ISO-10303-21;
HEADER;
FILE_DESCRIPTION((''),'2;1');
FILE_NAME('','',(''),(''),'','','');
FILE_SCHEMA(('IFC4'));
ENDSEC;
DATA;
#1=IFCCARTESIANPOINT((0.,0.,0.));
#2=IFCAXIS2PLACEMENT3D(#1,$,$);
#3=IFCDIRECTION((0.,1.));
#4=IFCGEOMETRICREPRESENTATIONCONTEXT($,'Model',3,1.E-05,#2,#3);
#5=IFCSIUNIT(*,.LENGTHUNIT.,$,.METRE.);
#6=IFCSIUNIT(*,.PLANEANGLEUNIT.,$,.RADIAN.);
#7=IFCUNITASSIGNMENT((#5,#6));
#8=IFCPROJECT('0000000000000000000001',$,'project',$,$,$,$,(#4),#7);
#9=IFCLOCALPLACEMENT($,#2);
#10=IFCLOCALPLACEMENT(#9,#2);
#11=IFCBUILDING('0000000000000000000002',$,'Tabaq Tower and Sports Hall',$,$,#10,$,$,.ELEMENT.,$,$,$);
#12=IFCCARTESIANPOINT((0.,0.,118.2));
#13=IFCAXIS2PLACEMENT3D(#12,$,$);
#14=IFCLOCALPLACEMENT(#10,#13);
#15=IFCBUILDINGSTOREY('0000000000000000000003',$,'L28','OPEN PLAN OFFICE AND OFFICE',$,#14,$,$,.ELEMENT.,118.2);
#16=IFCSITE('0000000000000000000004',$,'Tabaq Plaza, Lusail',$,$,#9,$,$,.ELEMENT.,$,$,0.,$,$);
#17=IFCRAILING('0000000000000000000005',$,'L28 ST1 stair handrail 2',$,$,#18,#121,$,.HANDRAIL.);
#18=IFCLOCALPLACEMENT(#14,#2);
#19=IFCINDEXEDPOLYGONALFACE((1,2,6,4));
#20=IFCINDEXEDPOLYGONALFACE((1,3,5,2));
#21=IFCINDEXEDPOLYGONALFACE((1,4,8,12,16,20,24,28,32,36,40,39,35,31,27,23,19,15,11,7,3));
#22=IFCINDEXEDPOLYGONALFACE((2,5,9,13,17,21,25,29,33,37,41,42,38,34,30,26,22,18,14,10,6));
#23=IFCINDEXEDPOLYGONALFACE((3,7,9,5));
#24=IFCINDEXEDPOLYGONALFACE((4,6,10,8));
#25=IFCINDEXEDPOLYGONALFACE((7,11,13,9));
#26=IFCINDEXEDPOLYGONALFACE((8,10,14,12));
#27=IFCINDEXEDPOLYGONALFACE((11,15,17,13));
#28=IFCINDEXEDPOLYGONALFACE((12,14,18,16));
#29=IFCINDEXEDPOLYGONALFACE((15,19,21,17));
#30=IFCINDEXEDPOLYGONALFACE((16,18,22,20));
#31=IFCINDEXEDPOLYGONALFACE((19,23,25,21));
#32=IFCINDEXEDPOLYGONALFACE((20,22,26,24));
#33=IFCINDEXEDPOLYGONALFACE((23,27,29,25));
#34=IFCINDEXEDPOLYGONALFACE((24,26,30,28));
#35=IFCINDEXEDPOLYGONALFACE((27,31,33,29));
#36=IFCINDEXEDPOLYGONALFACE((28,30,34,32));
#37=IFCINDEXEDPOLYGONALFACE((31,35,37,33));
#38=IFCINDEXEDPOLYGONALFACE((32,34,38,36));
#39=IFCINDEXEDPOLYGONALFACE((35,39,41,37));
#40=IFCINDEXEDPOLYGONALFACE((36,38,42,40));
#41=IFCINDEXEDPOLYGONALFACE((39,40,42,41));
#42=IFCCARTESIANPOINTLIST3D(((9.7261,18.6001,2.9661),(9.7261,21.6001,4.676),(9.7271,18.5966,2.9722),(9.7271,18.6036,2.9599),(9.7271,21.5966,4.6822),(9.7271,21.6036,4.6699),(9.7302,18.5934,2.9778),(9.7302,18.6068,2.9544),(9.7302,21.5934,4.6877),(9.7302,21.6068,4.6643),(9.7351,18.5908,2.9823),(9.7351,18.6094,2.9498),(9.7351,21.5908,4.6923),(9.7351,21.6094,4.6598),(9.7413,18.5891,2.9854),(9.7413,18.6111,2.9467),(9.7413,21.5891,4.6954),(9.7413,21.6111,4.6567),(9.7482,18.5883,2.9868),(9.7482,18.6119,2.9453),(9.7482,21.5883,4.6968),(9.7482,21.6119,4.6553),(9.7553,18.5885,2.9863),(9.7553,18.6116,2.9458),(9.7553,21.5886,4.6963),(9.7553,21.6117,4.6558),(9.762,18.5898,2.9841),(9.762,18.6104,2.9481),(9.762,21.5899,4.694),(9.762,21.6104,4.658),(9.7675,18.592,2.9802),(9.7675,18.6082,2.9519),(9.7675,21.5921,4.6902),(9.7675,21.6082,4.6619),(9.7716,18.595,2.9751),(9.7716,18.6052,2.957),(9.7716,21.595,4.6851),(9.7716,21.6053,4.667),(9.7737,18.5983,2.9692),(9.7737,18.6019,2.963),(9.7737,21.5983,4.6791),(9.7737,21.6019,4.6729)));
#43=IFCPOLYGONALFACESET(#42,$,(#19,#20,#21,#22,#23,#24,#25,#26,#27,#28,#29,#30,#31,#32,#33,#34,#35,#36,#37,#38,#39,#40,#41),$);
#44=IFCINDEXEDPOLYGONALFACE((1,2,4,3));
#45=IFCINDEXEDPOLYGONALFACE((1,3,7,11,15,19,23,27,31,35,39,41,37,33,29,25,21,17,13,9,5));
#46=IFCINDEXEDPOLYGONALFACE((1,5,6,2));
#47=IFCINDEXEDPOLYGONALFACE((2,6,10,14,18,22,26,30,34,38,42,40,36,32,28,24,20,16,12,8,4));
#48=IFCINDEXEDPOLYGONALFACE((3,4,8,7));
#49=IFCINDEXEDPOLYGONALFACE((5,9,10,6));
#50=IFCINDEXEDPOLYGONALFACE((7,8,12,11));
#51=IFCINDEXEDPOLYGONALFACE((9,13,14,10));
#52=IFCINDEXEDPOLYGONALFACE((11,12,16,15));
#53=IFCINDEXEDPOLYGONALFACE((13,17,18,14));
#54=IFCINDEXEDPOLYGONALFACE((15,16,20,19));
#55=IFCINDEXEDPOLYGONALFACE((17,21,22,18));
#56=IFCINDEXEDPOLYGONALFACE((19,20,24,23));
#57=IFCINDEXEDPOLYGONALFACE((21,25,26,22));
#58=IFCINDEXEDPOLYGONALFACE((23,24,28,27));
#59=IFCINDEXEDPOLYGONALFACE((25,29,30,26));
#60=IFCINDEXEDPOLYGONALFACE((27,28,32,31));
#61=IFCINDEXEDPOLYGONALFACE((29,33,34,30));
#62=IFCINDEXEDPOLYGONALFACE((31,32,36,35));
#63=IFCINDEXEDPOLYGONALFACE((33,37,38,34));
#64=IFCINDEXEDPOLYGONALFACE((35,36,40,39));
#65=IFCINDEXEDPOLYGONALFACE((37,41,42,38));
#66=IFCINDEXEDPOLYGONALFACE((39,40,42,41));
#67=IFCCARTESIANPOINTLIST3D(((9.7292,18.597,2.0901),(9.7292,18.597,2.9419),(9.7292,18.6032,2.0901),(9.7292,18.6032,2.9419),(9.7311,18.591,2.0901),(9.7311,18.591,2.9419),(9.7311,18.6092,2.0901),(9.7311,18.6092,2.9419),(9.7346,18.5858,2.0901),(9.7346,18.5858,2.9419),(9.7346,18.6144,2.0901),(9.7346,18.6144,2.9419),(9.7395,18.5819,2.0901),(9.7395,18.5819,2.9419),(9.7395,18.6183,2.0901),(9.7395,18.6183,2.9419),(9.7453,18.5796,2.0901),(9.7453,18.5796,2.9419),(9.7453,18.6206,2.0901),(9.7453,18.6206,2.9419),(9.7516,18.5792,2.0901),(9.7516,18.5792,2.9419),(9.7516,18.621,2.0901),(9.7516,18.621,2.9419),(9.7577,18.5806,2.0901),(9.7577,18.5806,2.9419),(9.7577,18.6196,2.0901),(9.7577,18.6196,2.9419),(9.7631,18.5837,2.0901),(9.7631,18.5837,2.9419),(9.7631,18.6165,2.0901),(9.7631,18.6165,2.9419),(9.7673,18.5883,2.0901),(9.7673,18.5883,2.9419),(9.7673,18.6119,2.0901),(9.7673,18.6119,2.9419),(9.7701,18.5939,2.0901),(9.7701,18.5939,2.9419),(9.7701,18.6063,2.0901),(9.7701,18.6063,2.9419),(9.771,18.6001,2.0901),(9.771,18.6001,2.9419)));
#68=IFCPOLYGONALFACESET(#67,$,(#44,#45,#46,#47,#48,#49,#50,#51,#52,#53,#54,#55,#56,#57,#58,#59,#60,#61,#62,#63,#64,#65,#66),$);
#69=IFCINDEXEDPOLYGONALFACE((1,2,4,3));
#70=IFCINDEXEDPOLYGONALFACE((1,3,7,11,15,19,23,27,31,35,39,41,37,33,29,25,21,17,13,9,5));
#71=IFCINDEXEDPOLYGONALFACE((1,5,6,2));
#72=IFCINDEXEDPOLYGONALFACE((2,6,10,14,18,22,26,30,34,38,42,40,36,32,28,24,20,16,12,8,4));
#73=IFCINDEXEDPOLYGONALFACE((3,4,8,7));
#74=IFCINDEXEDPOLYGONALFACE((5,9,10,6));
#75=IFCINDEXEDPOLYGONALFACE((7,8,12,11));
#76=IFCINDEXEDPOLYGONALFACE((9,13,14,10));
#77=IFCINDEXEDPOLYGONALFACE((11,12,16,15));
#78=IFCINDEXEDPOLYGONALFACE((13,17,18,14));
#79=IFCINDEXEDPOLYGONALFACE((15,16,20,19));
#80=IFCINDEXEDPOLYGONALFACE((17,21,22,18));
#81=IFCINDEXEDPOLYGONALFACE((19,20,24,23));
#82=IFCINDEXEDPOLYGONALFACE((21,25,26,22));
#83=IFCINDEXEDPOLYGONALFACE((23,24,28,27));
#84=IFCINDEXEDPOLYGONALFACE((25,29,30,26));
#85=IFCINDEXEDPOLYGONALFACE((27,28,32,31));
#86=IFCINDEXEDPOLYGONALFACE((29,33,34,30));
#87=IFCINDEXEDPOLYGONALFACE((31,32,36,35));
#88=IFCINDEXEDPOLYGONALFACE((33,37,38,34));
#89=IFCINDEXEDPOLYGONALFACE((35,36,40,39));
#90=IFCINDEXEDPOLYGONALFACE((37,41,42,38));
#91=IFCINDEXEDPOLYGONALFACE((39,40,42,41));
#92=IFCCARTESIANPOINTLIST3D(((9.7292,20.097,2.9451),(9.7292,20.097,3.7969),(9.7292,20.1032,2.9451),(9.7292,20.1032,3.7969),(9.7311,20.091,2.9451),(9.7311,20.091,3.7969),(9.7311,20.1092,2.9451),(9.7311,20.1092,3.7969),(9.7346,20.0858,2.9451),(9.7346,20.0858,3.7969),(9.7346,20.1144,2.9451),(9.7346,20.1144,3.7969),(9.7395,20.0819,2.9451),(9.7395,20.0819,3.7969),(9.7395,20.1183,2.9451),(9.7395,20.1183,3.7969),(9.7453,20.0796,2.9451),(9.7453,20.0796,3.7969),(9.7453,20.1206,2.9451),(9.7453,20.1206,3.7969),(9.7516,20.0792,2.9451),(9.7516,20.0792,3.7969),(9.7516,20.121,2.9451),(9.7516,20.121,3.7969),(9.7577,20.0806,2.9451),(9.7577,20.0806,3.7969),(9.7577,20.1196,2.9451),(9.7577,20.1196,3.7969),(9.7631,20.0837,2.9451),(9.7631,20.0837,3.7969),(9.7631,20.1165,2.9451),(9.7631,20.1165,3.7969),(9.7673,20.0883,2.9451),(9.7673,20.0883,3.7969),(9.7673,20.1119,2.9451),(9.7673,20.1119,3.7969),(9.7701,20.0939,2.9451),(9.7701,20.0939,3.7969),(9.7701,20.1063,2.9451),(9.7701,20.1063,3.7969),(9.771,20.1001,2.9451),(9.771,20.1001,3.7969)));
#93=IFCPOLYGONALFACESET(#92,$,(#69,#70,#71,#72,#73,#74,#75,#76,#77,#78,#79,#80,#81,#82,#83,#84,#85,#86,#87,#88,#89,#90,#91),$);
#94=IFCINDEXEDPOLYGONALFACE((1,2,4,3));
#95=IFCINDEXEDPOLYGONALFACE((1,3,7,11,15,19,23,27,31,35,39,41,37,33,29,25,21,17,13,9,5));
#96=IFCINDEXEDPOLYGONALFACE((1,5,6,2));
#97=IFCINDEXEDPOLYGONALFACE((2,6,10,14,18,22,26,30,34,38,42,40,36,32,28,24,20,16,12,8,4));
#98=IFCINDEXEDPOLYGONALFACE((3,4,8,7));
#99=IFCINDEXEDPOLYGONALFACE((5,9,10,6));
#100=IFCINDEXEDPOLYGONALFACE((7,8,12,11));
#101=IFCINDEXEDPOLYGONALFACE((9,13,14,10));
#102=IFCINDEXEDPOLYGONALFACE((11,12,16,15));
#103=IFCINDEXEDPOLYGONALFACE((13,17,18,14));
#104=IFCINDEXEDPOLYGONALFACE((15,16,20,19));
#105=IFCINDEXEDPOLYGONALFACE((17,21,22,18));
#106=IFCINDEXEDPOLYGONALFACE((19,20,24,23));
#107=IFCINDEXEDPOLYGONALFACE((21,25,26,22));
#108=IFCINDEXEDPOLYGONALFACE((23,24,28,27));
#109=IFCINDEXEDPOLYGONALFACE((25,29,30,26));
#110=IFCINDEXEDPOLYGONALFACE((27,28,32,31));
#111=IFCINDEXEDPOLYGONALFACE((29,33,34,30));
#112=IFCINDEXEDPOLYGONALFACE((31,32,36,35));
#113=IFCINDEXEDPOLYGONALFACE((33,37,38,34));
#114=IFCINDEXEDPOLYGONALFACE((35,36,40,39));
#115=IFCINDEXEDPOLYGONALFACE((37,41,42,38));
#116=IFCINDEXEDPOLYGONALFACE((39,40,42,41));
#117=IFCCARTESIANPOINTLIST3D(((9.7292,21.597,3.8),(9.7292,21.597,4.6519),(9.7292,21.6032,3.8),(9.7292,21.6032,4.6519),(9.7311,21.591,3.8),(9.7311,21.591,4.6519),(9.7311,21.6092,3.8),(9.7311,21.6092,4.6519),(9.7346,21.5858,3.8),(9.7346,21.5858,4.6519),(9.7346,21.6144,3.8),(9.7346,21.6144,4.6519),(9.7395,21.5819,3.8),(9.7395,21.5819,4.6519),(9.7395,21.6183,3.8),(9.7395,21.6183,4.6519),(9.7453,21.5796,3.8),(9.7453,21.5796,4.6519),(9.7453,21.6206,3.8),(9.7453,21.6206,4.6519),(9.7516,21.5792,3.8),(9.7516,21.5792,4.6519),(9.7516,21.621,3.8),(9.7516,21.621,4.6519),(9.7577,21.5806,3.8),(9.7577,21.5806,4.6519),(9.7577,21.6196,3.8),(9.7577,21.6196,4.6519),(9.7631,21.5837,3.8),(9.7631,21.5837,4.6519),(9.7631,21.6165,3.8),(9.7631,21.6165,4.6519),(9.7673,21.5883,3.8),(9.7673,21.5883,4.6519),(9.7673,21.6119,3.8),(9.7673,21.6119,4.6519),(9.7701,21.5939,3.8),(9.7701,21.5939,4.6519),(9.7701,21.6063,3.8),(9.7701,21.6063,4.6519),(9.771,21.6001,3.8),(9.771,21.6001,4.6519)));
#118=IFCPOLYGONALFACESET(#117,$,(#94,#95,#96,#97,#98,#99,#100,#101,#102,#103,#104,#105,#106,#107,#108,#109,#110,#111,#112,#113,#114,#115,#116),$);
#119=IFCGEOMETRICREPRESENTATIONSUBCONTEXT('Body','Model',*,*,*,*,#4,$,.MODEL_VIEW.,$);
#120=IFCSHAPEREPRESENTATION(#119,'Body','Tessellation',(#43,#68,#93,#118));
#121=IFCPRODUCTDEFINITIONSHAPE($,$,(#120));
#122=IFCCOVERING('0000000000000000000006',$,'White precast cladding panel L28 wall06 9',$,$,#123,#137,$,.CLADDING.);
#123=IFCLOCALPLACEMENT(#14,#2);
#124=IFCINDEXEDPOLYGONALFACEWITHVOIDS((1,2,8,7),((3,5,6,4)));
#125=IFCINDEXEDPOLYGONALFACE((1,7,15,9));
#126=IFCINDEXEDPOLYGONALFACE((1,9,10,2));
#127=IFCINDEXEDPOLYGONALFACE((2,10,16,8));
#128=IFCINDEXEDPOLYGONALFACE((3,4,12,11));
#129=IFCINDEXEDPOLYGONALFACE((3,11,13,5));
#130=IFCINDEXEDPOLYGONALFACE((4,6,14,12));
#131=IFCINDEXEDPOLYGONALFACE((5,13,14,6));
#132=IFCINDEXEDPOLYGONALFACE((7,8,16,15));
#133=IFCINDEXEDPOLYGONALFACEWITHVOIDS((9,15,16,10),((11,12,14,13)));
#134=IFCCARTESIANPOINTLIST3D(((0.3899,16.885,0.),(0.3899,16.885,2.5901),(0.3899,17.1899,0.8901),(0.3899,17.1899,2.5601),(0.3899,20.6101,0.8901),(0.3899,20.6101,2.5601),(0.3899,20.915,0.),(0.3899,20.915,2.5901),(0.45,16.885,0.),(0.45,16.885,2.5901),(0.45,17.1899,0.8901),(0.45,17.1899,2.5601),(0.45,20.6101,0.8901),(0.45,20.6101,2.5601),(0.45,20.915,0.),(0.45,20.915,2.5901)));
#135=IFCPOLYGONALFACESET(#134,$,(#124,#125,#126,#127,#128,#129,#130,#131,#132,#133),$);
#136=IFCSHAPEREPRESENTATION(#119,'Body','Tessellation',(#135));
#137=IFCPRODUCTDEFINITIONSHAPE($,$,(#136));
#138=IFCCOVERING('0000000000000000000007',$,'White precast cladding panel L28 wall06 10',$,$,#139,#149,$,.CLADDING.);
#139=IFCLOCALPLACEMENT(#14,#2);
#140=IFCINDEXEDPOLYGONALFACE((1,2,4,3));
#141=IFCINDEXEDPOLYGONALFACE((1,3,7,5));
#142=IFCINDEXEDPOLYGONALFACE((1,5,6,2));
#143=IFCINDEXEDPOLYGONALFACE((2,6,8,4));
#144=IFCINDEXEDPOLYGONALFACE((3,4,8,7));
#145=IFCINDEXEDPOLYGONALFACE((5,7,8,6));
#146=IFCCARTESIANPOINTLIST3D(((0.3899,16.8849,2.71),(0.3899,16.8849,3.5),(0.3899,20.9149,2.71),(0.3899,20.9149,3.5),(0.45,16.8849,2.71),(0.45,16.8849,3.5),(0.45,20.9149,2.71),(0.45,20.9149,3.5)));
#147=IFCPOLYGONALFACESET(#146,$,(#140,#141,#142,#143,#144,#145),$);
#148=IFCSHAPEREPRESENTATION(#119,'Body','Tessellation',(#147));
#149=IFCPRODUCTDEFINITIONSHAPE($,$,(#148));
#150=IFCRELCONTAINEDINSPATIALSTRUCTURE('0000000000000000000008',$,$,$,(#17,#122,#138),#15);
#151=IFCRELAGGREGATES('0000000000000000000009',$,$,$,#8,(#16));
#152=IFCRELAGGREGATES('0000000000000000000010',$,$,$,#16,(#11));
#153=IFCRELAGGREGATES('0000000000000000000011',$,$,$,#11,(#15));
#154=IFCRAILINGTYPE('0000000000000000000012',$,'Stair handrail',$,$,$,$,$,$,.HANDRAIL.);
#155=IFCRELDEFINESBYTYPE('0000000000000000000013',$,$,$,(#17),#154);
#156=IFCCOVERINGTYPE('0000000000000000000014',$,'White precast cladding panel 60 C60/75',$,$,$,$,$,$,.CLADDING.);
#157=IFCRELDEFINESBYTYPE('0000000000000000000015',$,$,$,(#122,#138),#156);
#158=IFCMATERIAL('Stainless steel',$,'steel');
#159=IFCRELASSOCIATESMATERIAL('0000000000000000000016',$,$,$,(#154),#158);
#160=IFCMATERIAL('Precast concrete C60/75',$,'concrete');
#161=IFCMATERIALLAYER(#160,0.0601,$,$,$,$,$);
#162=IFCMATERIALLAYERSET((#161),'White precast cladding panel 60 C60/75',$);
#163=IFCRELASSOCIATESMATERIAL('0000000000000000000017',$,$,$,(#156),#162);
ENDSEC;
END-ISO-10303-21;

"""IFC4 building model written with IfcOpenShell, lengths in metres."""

from ifc_helpers import new_model, si_unit, direction, frame, frame_2d, origin, origin_2d, place, context, subcontext, project, spatial, polyline, rectangle, circle, outline, extrude, material, layer, layer_set, type_object, element, save


model = new_model("IFC4")

# Units and contexts
model_context = context("Model", 3, precision=1e-05, world=origin(), true_north=direction((0.0, 1.0)))
body_context = subcontext(model_context, "Body", "Model", "MODEL_VIEW")
ifc_project = project(units=[si_unit("LENGTHUNIT", "METRE"), si_unit("PLANEANGLEUNIT", "RADIAN")], contexts=[model_context])

# Site, building, storey
site_placement = place(None, origin())
site = spatial("IfcSite", under=ifc_project, at=site_placement, Name="Tabaq Plaza, Lusail", CompositionType="ELEMENT", RefElevation=0.0)
building_placement = place(site_placement, origin())
building = spatial("IfcBuilding", under=site, at=building_placement, Name="Tabaq Tower and Sports Hall", CompositionType="ELEMENT")
storey_placement = place(building_placement, frame((0.0, 0.0, 118.2)))
storey = spatial("IfcBuildingStorey", under=building, at=storey_placement, Name="L28", Description="OPEN PLAN OFFICE AND OFFICE", CompositionType="ELEMENT", Elevation=118.2)

# Railing
ifc_material_1 = material(Name="Stainless steel", Category="steel")
railing_type_1 = type_object("IfcRailingType", Name="Stair handrail", PredefinedType="HANDRAIL", material=ifc_material_1)
railing_1_placement = place(storey_placement, frame((9.75, 18.6001, 2.0901)))
element("IfcRailing", 1, at=railing_1_placement, inside=storey, type_object=railing_type_1, Name="L28 ST1 stair handrail 2", PredefinedType="HANDRAIL", context=body_context, shape_type="SweptSolid", body=[
    extrude(circle(Radius=0.0239, at=origin_2d()), frame((0.0, 0.0, 0.876), z_axis=(0.0, 0.868782, 0.495195), x_axis=(-1.0, 0.0, 0.0)), (0.0, 0.0, 1.0), 3.4531),
    extrude(circle(Radius=0.021, at=origin_2d()), origin(), (0.0, 0.0, 1.0), 0.8518),
    extrude(circle(Radius=0.021, at=origin_2d()), frame((0.0, 1.5, 0.855)), (0.0, 0.0, 1.0), 0.8518),
    extrude(circle(Radius=0.021, at=origin_2d()), frame((0.0, 3.0, 1.71)), (0.0, 0.0, 1.0), 0.8518),
])

# Coverings
ifc_material_2 = material(Name="Precast concrete C60/75", Category="concrete")
ifc_layer_1 = layer(ifc_material_2, 0.0601)
ifc_layer_set_1 = layer_set([ifc_layer_1], Name="White precast cladding panel 60 C60/75")
covering_type_1 = type_object("IfcCoveringType", Name="White precast cladding panel 60 C60/75", PredefinedType="CLADDING", material=ifc_layer_set_1)
covering_1_placement = place(storey_placement, frame((0.4199, 20.915, 0.0), z_axis=(0.0, 0.0, 1.0), x_axis=(0.0, -1.0, 0.0)))
element("IfcCovering", 2, at=covering_1_placement, inside=storey, type_object=covering_type_1, Name="White precast cladding panel L28 wall06 9", PredefinedType="CLADDING", context=body_context, shape_type="SweptSolid", body=[
    extrude(outline(polyline([(0.0, 0.0), (4.03, 0.0), (4.03, 2.5901), (0.0, 2.5901), (0.0, 0.0)]), holes=[polyline([(3.7251, 0.8901), (0.3049, 0.8901), (0.3049, 2.5601), (3.7251, 2.5601), (3.7251, 0.8901)])]), frame((0.0, 0.03, 0.0), z_axis=(0.0, -1.0, 0.0), x_axis=(1.0, 0.0, 0.0)), (0.0, 0.0, 1.0), 0.0601),
])
covering_2_placement = place(storey_placement, frame((0.4199, 20.915, 2.71), z_axis=(0.0, 0.0, 1.0), x_axis=(0.0, -1.0, 0.0)))
element("IfcCovering", 3, at=covering_2_placement, inside=storey, type_object=covering_type_1, Name="White precast cladding panel L28 wall06 10", PredefinedType="CLADDING", context=body_context, shape_type="SweptSolid", body=[
    extrude(rectangle(XDim=4.03, YDim=0.0601, at=frame_2d((2.0151, 0.0))), origin(), (0.0, 0.0, 1.0), 0.79),
])

save(model, "model.ifc")
